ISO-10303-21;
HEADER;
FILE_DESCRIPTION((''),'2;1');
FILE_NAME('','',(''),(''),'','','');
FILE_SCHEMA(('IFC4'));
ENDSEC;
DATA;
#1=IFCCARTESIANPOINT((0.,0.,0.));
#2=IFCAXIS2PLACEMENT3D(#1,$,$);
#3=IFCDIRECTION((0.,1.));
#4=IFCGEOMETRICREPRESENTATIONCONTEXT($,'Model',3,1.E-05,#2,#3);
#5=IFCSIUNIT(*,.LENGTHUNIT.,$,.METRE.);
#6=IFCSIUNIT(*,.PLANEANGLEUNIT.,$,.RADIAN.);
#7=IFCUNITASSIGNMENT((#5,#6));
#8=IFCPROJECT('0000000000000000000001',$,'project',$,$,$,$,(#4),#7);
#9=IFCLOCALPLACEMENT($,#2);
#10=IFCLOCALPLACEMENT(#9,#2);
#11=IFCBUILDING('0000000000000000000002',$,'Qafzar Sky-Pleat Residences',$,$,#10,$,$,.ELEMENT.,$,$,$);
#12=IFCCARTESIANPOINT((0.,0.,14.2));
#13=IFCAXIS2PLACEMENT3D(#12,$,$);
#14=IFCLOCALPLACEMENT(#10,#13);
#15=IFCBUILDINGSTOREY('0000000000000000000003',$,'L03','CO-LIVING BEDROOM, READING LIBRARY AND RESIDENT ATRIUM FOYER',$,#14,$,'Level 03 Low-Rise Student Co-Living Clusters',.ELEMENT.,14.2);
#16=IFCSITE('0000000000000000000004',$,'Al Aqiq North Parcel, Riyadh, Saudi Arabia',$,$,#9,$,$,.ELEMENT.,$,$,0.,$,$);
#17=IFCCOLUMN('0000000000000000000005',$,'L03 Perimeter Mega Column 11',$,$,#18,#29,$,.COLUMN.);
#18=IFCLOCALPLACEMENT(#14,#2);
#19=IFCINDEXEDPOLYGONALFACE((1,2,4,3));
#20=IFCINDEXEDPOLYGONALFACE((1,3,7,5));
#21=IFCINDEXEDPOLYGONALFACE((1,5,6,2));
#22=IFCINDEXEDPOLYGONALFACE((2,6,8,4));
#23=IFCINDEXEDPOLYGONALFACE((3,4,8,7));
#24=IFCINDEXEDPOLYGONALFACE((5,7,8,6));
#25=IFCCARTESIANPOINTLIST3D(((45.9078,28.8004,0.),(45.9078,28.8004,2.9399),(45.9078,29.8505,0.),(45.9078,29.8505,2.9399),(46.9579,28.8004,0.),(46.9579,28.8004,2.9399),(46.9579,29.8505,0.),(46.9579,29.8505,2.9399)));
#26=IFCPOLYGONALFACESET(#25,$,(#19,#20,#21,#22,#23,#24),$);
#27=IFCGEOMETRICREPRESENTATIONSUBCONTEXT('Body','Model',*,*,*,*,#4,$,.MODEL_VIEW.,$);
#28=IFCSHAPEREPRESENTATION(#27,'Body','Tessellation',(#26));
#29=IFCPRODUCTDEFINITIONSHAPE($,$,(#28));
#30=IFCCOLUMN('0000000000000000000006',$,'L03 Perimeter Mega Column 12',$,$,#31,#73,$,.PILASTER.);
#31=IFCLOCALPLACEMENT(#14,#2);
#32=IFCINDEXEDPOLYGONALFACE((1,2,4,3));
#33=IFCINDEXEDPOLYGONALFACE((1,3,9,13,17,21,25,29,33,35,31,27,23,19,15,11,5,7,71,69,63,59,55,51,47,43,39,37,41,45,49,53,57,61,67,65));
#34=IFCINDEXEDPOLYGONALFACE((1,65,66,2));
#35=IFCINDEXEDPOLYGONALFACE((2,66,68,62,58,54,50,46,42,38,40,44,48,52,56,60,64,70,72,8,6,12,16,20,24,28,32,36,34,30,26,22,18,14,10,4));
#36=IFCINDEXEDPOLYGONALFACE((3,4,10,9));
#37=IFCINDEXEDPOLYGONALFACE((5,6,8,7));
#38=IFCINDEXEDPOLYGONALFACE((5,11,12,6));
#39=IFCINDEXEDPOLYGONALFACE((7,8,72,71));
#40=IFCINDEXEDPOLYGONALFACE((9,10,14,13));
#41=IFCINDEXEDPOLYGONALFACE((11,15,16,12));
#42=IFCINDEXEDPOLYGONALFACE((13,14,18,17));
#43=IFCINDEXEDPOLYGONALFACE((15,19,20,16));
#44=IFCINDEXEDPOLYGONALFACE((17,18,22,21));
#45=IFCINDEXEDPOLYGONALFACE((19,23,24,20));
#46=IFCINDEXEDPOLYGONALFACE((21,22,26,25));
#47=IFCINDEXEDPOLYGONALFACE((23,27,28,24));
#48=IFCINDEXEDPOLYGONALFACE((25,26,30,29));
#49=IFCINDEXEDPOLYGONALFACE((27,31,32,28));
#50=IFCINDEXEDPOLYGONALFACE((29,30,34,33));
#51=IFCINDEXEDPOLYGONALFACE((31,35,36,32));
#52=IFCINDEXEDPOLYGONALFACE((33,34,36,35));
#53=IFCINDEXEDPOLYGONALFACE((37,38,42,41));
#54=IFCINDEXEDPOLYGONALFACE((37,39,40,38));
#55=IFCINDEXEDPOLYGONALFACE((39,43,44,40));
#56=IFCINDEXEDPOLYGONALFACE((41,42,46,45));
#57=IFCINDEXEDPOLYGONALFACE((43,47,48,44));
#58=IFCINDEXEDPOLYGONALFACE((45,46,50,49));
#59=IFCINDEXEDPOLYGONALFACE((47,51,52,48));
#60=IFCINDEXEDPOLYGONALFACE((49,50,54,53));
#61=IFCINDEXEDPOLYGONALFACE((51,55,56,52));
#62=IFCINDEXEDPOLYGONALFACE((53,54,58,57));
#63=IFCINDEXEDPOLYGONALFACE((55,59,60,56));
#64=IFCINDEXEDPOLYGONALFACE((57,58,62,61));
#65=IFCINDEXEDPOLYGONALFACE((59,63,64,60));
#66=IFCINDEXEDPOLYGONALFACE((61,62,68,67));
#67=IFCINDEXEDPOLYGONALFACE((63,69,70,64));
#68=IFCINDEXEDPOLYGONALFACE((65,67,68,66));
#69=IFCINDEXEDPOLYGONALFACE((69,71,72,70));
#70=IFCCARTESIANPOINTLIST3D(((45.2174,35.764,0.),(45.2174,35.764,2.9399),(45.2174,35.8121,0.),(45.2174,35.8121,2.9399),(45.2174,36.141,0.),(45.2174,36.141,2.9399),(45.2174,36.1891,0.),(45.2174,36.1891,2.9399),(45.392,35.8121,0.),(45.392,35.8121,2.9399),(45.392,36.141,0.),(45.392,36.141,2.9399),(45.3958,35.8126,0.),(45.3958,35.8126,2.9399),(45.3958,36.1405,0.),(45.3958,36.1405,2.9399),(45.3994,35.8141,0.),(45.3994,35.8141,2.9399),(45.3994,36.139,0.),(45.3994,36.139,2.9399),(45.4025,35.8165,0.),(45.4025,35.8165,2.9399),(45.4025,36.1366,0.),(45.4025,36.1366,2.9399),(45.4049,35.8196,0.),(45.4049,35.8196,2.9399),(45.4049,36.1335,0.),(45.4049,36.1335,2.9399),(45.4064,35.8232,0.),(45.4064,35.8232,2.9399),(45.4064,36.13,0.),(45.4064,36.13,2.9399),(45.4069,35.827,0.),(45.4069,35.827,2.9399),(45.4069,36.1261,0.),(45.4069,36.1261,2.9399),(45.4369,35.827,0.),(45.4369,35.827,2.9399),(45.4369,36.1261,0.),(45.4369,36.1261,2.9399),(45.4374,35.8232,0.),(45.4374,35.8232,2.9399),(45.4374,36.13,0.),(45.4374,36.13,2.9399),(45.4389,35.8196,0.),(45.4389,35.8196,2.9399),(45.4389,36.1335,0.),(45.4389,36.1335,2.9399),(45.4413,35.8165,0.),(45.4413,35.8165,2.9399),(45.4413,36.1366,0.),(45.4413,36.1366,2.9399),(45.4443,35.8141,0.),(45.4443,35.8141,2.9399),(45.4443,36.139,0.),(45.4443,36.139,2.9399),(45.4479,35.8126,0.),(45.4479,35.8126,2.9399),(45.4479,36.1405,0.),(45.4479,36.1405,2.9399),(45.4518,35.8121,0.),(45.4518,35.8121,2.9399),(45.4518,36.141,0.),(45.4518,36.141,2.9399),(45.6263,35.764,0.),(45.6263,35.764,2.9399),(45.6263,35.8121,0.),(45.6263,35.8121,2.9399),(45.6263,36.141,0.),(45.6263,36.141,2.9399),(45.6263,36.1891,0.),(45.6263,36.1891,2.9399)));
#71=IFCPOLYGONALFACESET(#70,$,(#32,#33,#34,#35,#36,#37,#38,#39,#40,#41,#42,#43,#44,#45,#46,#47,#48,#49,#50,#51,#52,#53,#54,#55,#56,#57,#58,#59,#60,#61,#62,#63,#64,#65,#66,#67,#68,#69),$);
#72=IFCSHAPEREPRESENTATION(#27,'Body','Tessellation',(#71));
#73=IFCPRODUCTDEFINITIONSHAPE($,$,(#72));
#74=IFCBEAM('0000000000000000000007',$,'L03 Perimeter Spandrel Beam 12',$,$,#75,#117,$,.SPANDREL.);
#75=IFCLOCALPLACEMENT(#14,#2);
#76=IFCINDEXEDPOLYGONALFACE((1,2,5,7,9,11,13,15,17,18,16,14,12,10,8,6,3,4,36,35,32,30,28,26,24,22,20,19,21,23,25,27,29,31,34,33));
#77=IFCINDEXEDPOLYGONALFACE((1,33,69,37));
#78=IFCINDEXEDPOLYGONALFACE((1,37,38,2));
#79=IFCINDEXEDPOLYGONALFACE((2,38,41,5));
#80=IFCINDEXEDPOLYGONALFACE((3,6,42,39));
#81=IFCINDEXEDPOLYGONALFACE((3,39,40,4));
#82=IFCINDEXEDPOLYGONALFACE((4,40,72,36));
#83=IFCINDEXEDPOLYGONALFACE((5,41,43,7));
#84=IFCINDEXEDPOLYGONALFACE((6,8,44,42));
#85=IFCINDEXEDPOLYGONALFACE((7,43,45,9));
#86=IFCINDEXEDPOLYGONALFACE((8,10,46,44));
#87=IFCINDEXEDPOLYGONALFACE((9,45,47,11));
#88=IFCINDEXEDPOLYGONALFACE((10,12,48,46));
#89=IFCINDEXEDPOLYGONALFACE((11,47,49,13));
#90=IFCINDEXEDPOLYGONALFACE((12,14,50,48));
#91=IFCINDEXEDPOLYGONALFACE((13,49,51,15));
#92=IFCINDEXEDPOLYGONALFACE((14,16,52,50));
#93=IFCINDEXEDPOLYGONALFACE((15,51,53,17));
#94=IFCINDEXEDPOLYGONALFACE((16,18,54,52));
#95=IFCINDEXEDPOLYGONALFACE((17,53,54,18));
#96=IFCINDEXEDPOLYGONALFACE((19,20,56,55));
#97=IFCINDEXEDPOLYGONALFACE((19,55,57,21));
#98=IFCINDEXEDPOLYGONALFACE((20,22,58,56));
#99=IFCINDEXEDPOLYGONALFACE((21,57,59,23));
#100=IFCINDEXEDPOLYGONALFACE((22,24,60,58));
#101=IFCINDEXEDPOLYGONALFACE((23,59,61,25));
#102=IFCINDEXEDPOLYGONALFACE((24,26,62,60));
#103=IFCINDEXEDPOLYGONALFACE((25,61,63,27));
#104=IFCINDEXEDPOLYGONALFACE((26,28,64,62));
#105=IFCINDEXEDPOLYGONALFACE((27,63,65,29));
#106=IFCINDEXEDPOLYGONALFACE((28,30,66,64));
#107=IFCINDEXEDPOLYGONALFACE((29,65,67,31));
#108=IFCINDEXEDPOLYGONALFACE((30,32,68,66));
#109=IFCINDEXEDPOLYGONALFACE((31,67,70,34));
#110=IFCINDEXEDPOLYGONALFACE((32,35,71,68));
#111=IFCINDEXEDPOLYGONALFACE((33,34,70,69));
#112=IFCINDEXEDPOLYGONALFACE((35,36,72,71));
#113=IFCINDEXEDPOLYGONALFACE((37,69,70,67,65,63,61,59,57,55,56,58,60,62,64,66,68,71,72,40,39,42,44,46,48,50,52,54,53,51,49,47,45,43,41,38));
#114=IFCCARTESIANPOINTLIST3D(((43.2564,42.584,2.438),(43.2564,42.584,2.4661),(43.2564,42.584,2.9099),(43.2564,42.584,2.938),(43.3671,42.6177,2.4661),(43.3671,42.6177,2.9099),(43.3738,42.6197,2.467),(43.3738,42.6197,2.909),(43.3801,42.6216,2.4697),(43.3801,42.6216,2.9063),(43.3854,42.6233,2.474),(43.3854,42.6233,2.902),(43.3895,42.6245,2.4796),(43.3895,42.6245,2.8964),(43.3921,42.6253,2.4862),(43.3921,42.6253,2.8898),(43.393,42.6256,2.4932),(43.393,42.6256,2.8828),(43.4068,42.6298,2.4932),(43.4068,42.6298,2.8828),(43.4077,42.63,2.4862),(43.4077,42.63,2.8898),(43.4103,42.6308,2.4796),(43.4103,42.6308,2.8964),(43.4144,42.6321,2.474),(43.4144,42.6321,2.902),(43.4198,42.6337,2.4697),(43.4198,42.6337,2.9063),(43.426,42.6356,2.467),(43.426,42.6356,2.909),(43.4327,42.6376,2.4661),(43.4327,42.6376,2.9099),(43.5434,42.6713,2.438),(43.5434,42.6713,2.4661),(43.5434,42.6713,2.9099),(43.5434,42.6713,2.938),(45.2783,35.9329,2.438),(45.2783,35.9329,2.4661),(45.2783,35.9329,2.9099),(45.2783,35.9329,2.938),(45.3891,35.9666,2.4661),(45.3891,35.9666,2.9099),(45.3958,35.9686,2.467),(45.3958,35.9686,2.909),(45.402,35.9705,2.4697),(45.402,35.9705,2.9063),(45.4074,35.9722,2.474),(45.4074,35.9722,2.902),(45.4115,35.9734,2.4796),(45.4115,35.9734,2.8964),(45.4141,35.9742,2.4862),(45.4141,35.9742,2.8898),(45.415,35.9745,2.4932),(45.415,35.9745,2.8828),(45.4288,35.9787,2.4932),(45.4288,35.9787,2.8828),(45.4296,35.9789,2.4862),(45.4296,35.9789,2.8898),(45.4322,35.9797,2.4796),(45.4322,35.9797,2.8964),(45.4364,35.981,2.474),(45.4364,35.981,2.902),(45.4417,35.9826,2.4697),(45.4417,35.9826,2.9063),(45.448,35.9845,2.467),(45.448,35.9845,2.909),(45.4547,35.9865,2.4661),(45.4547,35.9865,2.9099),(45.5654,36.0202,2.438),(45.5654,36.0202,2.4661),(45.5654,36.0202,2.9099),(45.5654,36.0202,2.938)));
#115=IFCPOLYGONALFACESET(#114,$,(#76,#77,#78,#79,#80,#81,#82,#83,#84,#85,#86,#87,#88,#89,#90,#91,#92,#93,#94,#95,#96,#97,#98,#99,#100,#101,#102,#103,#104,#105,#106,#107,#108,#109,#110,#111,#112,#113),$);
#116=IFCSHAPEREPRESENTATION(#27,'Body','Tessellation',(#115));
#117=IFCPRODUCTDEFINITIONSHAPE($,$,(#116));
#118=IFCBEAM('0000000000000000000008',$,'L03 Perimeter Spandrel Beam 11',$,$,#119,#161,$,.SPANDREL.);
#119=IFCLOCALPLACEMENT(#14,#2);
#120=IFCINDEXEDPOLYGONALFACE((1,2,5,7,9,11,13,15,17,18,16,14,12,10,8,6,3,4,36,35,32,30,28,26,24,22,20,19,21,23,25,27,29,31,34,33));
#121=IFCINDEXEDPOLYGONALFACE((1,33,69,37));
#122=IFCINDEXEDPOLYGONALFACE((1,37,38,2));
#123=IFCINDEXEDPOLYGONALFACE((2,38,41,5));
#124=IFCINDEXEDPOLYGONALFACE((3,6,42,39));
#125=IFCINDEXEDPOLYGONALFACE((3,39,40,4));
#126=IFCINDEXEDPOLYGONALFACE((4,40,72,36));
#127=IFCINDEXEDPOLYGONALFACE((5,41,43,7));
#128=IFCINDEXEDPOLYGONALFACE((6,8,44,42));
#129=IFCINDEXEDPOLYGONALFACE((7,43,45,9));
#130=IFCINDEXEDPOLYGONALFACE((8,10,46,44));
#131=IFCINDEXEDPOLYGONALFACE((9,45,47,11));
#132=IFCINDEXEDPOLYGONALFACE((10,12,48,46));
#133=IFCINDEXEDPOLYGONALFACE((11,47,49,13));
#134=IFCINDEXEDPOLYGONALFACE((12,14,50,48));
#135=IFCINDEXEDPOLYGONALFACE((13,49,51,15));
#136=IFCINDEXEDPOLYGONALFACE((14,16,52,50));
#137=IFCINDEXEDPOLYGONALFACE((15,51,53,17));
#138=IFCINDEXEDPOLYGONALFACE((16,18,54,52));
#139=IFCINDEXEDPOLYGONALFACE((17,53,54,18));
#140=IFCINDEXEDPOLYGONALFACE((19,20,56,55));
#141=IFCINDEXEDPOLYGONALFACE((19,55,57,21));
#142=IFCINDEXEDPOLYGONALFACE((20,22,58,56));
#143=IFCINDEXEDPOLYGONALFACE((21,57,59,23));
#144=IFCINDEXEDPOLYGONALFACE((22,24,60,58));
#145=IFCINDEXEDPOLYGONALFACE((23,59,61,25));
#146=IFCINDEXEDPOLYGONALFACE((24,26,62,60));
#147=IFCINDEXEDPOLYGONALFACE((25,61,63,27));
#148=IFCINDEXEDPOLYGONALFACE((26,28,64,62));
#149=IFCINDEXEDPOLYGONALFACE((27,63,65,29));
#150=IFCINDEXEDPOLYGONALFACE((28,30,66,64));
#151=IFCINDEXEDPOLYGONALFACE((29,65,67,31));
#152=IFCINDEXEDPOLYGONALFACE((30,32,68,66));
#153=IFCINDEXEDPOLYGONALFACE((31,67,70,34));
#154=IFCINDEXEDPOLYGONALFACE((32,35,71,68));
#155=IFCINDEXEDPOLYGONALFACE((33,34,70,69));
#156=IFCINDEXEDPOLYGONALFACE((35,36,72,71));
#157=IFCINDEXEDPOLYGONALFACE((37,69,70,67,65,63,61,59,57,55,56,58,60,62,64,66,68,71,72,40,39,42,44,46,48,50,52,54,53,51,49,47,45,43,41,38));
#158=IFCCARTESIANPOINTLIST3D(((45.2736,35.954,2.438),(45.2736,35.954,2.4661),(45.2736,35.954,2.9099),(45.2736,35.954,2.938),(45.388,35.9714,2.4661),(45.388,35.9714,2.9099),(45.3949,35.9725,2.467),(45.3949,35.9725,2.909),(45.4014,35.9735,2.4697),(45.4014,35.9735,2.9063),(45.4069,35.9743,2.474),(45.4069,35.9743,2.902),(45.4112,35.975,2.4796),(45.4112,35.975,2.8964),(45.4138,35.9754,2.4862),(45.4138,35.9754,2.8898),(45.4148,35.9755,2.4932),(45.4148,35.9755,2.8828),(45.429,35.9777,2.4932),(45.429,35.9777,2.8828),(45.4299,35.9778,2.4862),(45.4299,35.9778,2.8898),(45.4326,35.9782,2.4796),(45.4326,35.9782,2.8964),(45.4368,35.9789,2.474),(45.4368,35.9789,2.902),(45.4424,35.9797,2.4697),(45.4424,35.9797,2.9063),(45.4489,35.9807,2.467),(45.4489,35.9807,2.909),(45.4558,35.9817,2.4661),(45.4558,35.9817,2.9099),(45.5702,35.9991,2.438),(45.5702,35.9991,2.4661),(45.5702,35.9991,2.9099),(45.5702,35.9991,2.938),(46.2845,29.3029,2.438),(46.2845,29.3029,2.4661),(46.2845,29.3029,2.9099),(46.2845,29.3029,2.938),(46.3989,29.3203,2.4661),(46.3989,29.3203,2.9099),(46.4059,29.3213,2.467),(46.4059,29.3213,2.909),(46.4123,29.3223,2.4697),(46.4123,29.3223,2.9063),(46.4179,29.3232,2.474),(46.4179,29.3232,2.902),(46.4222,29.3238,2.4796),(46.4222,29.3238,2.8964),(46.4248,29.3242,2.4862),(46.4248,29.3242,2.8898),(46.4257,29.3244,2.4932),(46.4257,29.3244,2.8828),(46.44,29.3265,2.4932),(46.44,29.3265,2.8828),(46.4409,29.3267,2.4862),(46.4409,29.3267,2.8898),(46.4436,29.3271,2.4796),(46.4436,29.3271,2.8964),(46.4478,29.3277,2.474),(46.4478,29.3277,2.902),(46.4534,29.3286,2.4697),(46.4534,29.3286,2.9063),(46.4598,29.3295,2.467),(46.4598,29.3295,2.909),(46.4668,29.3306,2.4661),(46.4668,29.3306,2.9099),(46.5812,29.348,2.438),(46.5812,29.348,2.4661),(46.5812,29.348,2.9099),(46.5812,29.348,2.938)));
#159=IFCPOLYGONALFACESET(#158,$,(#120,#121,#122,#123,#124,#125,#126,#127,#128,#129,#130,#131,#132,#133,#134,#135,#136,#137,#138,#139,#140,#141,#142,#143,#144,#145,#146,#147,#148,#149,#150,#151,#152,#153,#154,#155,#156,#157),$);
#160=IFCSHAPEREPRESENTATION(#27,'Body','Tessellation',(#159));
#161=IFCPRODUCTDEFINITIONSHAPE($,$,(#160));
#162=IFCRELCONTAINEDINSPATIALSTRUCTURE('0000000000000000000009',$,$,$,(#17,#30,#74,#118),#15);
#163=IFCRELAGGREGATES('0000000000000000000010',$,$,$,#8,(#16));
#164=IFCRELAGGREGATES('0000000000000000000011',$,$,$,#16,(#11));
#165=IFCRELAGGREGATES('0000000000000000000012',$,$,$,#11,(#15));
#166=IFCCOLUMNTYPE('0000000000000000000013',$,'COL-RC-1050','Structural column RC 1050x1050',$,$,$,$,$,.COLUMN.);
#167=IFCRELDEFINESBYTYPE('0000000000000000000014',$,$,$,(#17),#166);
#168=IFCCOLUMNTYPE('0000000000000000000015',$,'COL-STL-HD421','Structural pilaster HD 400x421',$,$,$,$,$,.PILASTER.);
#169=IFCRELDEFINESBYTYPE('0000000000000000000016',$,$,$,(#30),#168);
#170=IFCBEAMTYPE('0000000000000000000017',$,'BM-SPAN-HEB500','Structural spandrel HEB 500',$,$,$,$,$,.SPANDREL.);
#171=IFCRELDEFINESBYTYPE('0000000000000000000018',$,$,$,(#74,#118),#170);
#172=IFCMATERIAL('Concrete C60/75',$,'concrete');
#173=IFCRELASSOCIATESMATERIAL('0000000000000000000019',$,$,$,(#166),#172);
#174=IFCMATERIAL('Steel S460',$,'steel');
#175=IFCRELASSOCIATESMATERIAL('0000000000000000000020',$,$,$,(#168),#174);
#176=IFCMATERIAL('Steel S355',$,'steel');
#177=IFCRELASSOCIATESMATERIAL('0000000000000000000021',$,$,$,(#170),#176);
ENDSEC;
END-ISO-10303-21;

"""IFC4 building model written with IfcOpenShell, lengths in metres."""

from ifc_helpers import new_model, si_unit, direction, frame, origin, origin_2d, place, context, subcontext, project, spatial, rectangle, i_section, extrude, source, transform, mapped, material, material_profile, profile_set, type_object, element, save


model = new_model("IFC4")

# Units and contexts
model_context = context("Model", 3, precision=1e-05, world=origin(), true_north=direction((0.0, 1.0)))
body_context = subcontext(model_context, "Body", "Model", "MODEL_VIEW")
ifc_project = project(units=[si_unit("LENGTHUNIT", "METRE"), si_unit("PLANEANGLEUNIT", "RADIAN")], contexts=[model_context])

# Site, building, storey
site_placement = place(None, origin())
site = spatial("IfcSite", under=ifc_project, at=site_placement, Name="Al Aqiq North Parcel, Riyadh, Saudi Arabia", CompositionType="ELEMENT", RefElevation=0.0)
building_placement = place(site_placement, origin())
building = spatial("IfcBuilding", under=site, at=building_placement, Name="Qafzar Sky-Pleat Residences", CompositionType="ELEMENT")
storey_placement = place(building_placement, frame((0.0, 0.0, 14.2)))
storey = spatial("IfcBuildingStorey", under=building, at=storey_placement, Name="L03", Description="CO-LIVING BEDROOM, READING LIBRARY AND RESIDENT ATRIUM FOYER", LongName="Level 03 Low-Rise Student Co-Living Clusters", CompositionType="ELEMENT", Elevation=14.2)

# Columns
ifc_material_1 = material(Name="Concrete C60/75", Category="concrete")
ifc_material_profile_1 = material_profile(ifc_material_1, rectangle(XDim=1.05, YDim=1.05, at=origin_2d()), Name="RC 1050x1050")
ifc_profile_set_1 = profile_set([ifc_material_profile_1], Name="Concrete C60/75")
column_type_1 = type_object("IfcColumnType", Name="COL-RC-1050", Description="Structural column RC 1050x1050", PredefinedType="COLUMN", material=ifc_profile_set_1)
shared_shape_1 = source(origin(), body_context, "Body", "SweptSolid", [
    extrude(rectangle(XDim=1.05, YDim=1.05, at=origin_2d()), origin(), (0.0, 0.0, 1.0), 2.9399),
])
column_1_placement = place(storey_placement, frame((46.4329, 29.3254, 0.0), z_axis=(0.0, 0.0, 1.0), x_axis=(1.0, 0.0, 0.0)))
element("IfcColumn", 1, at=column_1_placement, inside=storey, type_object=column_type_1, Name="L03 Perimeter Mega Column 11", PredefinedType="COLUMN", context=body_context, shape_type="MappedRepresentation", body=[
    mapped(shared_shape_1, transform((0.0, 0.0, 0.0), x_axis=(1.0, 0.0, 0.0), y_axis=(0.0, 1.0, 0.0), z_axis=(0.0, 0.0, 1.0), scale=1.0)),
])
ifc_material_2 = material(Name="Steel S460", Category="steel")
ifc_material_profile_2 = material_profile(ifc_material_2, i_section(OverallWidth=0.4089, OverallDepth=0.425, WebThickness=0.03, FlangeThickness=0.0481, FilletRadius=0.0149, at=origin_2d()), Name="HD 400x421")
ifc_profile_set_2 = profile_set([ifc_material_profile_2], Name="Steel S460")
column_type_2 = type_object("IfcColumnType", Name="COL-STL-HD421", Description="Structural pilaster HD 400x421", PredefinedType="PILASTER", material=ifc_profile_set_2)
shared_shape_2 = source(origin(), body_context, "Body", "SweptSolid", [
    extrude(i_section(OverallWidth=0.4089, OverallDepth=0.425, WebThickness=0.03, FlangeThickness=0.0481, FilletRadius=0.0149, at=origin_2d()), origin(), (0.0, 0.0, 1.0), 2.9399),
])
column_2_placement = place(storey_placement, frame((45.4219, 35.9766, 0.0), z_axis=(0.0, 0.0, 1.0), x_axis=(1.0, 0.0, 0.0)))
element("IfcColumn", 2, at=column_2_placement, inside=storey, type_object=column_type_2, Name="L03 Perimeter Mega Column 12", PredefinedType="PILASTER", context=body_context, shape_type="MappedRepresentation", body=[
    mapped(shared_shape_2, transform((0.0, 0.0, 0.0), x_axis=(1.0, 0.0, 0.0), y_axis=(0.0, 1.0, 0.0), z_axis=(0.0, 0.0, 1.0), scale=1.0)),
])

# Beams
ifc_material_3 = material(Name="Steel S355", Category="steel")
ifc_material_profile_3 = material_profile(ifc_material_3, i_section(OverallWidth=0.3, OverallDepth=0.5, WebThickness=0.0144, FlangeThickness=0.0281, FilletRadius=0.0271, at=origin_2d()), Name="HEB 500")
ifc_profile_set_3 = profile_set([ifc_material_profile_3], Name="Steel S355")
beam_type_1 = type_object("IfcBeamType", Name="BM-SPAN-HEB500", Description="Structural spandrel HEB 500", PredefinedType="SPANDREL", material=ifc_profile_set_3)
shared_shape_3 = source(origin(), body_context, "Body", "SweptSolid", [
    extrude(i_section(OverallWidth=0.3, OverallDepth=0.5, WebThickness=0.0144, FlangeThickness=0.0281, FilletRadius=0.0271, at=origin_2d()), origin(), (0.0, 0.0, 1.0), 6.9517),
])
beam_1_placement = place(storey_placement, frame((45.4219, 35.9766, 2.688), z_axis=(-0.290861, 0.956765, 0.0), x_axis=(-0.956765, -0.290861, 0.0)))
element("IfcBeam", 3, at=beam_1_placement, inside=storey, type_object=beam_type_1, Name="L03 Perimeter Spandrel Beam 12", PredefinedType="SPANDREL", context=body_context, shape_type="MappedRepresentation", body=[
    mapped(shared_shape_3, transform((0.0, 0.0, 0.0), x_axis=(1.0, 0.0, 0.0), y_axis=(0.0, 1.0, 0.0), z_axis=(0.0, 0.0, 1.0), scale=1.0)),
])
shared_shape_4 = source(origin(), body_context, "Body", "SweptSolid", [
    extrude(i_section(OverallWidth=0.3, OverallDepth=0.5, WebThickness=0.0144, FlangeThickness=0.0281, FilletRadius=0.0271, at=origin_2d()), origin(), (0.0, 0.0, 1.0), 6.7275),
])
beam_2_placement = place(storey_placement, frame((46.4329, 29.3254, 2.688), z_axis=(-0.150276, 0.988644, 0.0), x_axis=(-0.988644, -0.150276, 0.0)))
element("IfcBeam", 4, at=beam_2_placement, inside=storey, type_object=beam_type_1, Name="L03 Perimeter Spandrel Beam 11", PredefinedType="SPANDREL", context=body_context, shape_type="MappedRepresentation", body=[
    mapped(shared_shape_4, transform((0.0, 0.0, 0.0), x_axis=(1.0, 0.0, 0.0), y_axis=(0.0, 1.0, 0.0), z_axis=(0.0, 0.0, 1.0), scale=1.0)),
])

save(model, "model.ifc")
